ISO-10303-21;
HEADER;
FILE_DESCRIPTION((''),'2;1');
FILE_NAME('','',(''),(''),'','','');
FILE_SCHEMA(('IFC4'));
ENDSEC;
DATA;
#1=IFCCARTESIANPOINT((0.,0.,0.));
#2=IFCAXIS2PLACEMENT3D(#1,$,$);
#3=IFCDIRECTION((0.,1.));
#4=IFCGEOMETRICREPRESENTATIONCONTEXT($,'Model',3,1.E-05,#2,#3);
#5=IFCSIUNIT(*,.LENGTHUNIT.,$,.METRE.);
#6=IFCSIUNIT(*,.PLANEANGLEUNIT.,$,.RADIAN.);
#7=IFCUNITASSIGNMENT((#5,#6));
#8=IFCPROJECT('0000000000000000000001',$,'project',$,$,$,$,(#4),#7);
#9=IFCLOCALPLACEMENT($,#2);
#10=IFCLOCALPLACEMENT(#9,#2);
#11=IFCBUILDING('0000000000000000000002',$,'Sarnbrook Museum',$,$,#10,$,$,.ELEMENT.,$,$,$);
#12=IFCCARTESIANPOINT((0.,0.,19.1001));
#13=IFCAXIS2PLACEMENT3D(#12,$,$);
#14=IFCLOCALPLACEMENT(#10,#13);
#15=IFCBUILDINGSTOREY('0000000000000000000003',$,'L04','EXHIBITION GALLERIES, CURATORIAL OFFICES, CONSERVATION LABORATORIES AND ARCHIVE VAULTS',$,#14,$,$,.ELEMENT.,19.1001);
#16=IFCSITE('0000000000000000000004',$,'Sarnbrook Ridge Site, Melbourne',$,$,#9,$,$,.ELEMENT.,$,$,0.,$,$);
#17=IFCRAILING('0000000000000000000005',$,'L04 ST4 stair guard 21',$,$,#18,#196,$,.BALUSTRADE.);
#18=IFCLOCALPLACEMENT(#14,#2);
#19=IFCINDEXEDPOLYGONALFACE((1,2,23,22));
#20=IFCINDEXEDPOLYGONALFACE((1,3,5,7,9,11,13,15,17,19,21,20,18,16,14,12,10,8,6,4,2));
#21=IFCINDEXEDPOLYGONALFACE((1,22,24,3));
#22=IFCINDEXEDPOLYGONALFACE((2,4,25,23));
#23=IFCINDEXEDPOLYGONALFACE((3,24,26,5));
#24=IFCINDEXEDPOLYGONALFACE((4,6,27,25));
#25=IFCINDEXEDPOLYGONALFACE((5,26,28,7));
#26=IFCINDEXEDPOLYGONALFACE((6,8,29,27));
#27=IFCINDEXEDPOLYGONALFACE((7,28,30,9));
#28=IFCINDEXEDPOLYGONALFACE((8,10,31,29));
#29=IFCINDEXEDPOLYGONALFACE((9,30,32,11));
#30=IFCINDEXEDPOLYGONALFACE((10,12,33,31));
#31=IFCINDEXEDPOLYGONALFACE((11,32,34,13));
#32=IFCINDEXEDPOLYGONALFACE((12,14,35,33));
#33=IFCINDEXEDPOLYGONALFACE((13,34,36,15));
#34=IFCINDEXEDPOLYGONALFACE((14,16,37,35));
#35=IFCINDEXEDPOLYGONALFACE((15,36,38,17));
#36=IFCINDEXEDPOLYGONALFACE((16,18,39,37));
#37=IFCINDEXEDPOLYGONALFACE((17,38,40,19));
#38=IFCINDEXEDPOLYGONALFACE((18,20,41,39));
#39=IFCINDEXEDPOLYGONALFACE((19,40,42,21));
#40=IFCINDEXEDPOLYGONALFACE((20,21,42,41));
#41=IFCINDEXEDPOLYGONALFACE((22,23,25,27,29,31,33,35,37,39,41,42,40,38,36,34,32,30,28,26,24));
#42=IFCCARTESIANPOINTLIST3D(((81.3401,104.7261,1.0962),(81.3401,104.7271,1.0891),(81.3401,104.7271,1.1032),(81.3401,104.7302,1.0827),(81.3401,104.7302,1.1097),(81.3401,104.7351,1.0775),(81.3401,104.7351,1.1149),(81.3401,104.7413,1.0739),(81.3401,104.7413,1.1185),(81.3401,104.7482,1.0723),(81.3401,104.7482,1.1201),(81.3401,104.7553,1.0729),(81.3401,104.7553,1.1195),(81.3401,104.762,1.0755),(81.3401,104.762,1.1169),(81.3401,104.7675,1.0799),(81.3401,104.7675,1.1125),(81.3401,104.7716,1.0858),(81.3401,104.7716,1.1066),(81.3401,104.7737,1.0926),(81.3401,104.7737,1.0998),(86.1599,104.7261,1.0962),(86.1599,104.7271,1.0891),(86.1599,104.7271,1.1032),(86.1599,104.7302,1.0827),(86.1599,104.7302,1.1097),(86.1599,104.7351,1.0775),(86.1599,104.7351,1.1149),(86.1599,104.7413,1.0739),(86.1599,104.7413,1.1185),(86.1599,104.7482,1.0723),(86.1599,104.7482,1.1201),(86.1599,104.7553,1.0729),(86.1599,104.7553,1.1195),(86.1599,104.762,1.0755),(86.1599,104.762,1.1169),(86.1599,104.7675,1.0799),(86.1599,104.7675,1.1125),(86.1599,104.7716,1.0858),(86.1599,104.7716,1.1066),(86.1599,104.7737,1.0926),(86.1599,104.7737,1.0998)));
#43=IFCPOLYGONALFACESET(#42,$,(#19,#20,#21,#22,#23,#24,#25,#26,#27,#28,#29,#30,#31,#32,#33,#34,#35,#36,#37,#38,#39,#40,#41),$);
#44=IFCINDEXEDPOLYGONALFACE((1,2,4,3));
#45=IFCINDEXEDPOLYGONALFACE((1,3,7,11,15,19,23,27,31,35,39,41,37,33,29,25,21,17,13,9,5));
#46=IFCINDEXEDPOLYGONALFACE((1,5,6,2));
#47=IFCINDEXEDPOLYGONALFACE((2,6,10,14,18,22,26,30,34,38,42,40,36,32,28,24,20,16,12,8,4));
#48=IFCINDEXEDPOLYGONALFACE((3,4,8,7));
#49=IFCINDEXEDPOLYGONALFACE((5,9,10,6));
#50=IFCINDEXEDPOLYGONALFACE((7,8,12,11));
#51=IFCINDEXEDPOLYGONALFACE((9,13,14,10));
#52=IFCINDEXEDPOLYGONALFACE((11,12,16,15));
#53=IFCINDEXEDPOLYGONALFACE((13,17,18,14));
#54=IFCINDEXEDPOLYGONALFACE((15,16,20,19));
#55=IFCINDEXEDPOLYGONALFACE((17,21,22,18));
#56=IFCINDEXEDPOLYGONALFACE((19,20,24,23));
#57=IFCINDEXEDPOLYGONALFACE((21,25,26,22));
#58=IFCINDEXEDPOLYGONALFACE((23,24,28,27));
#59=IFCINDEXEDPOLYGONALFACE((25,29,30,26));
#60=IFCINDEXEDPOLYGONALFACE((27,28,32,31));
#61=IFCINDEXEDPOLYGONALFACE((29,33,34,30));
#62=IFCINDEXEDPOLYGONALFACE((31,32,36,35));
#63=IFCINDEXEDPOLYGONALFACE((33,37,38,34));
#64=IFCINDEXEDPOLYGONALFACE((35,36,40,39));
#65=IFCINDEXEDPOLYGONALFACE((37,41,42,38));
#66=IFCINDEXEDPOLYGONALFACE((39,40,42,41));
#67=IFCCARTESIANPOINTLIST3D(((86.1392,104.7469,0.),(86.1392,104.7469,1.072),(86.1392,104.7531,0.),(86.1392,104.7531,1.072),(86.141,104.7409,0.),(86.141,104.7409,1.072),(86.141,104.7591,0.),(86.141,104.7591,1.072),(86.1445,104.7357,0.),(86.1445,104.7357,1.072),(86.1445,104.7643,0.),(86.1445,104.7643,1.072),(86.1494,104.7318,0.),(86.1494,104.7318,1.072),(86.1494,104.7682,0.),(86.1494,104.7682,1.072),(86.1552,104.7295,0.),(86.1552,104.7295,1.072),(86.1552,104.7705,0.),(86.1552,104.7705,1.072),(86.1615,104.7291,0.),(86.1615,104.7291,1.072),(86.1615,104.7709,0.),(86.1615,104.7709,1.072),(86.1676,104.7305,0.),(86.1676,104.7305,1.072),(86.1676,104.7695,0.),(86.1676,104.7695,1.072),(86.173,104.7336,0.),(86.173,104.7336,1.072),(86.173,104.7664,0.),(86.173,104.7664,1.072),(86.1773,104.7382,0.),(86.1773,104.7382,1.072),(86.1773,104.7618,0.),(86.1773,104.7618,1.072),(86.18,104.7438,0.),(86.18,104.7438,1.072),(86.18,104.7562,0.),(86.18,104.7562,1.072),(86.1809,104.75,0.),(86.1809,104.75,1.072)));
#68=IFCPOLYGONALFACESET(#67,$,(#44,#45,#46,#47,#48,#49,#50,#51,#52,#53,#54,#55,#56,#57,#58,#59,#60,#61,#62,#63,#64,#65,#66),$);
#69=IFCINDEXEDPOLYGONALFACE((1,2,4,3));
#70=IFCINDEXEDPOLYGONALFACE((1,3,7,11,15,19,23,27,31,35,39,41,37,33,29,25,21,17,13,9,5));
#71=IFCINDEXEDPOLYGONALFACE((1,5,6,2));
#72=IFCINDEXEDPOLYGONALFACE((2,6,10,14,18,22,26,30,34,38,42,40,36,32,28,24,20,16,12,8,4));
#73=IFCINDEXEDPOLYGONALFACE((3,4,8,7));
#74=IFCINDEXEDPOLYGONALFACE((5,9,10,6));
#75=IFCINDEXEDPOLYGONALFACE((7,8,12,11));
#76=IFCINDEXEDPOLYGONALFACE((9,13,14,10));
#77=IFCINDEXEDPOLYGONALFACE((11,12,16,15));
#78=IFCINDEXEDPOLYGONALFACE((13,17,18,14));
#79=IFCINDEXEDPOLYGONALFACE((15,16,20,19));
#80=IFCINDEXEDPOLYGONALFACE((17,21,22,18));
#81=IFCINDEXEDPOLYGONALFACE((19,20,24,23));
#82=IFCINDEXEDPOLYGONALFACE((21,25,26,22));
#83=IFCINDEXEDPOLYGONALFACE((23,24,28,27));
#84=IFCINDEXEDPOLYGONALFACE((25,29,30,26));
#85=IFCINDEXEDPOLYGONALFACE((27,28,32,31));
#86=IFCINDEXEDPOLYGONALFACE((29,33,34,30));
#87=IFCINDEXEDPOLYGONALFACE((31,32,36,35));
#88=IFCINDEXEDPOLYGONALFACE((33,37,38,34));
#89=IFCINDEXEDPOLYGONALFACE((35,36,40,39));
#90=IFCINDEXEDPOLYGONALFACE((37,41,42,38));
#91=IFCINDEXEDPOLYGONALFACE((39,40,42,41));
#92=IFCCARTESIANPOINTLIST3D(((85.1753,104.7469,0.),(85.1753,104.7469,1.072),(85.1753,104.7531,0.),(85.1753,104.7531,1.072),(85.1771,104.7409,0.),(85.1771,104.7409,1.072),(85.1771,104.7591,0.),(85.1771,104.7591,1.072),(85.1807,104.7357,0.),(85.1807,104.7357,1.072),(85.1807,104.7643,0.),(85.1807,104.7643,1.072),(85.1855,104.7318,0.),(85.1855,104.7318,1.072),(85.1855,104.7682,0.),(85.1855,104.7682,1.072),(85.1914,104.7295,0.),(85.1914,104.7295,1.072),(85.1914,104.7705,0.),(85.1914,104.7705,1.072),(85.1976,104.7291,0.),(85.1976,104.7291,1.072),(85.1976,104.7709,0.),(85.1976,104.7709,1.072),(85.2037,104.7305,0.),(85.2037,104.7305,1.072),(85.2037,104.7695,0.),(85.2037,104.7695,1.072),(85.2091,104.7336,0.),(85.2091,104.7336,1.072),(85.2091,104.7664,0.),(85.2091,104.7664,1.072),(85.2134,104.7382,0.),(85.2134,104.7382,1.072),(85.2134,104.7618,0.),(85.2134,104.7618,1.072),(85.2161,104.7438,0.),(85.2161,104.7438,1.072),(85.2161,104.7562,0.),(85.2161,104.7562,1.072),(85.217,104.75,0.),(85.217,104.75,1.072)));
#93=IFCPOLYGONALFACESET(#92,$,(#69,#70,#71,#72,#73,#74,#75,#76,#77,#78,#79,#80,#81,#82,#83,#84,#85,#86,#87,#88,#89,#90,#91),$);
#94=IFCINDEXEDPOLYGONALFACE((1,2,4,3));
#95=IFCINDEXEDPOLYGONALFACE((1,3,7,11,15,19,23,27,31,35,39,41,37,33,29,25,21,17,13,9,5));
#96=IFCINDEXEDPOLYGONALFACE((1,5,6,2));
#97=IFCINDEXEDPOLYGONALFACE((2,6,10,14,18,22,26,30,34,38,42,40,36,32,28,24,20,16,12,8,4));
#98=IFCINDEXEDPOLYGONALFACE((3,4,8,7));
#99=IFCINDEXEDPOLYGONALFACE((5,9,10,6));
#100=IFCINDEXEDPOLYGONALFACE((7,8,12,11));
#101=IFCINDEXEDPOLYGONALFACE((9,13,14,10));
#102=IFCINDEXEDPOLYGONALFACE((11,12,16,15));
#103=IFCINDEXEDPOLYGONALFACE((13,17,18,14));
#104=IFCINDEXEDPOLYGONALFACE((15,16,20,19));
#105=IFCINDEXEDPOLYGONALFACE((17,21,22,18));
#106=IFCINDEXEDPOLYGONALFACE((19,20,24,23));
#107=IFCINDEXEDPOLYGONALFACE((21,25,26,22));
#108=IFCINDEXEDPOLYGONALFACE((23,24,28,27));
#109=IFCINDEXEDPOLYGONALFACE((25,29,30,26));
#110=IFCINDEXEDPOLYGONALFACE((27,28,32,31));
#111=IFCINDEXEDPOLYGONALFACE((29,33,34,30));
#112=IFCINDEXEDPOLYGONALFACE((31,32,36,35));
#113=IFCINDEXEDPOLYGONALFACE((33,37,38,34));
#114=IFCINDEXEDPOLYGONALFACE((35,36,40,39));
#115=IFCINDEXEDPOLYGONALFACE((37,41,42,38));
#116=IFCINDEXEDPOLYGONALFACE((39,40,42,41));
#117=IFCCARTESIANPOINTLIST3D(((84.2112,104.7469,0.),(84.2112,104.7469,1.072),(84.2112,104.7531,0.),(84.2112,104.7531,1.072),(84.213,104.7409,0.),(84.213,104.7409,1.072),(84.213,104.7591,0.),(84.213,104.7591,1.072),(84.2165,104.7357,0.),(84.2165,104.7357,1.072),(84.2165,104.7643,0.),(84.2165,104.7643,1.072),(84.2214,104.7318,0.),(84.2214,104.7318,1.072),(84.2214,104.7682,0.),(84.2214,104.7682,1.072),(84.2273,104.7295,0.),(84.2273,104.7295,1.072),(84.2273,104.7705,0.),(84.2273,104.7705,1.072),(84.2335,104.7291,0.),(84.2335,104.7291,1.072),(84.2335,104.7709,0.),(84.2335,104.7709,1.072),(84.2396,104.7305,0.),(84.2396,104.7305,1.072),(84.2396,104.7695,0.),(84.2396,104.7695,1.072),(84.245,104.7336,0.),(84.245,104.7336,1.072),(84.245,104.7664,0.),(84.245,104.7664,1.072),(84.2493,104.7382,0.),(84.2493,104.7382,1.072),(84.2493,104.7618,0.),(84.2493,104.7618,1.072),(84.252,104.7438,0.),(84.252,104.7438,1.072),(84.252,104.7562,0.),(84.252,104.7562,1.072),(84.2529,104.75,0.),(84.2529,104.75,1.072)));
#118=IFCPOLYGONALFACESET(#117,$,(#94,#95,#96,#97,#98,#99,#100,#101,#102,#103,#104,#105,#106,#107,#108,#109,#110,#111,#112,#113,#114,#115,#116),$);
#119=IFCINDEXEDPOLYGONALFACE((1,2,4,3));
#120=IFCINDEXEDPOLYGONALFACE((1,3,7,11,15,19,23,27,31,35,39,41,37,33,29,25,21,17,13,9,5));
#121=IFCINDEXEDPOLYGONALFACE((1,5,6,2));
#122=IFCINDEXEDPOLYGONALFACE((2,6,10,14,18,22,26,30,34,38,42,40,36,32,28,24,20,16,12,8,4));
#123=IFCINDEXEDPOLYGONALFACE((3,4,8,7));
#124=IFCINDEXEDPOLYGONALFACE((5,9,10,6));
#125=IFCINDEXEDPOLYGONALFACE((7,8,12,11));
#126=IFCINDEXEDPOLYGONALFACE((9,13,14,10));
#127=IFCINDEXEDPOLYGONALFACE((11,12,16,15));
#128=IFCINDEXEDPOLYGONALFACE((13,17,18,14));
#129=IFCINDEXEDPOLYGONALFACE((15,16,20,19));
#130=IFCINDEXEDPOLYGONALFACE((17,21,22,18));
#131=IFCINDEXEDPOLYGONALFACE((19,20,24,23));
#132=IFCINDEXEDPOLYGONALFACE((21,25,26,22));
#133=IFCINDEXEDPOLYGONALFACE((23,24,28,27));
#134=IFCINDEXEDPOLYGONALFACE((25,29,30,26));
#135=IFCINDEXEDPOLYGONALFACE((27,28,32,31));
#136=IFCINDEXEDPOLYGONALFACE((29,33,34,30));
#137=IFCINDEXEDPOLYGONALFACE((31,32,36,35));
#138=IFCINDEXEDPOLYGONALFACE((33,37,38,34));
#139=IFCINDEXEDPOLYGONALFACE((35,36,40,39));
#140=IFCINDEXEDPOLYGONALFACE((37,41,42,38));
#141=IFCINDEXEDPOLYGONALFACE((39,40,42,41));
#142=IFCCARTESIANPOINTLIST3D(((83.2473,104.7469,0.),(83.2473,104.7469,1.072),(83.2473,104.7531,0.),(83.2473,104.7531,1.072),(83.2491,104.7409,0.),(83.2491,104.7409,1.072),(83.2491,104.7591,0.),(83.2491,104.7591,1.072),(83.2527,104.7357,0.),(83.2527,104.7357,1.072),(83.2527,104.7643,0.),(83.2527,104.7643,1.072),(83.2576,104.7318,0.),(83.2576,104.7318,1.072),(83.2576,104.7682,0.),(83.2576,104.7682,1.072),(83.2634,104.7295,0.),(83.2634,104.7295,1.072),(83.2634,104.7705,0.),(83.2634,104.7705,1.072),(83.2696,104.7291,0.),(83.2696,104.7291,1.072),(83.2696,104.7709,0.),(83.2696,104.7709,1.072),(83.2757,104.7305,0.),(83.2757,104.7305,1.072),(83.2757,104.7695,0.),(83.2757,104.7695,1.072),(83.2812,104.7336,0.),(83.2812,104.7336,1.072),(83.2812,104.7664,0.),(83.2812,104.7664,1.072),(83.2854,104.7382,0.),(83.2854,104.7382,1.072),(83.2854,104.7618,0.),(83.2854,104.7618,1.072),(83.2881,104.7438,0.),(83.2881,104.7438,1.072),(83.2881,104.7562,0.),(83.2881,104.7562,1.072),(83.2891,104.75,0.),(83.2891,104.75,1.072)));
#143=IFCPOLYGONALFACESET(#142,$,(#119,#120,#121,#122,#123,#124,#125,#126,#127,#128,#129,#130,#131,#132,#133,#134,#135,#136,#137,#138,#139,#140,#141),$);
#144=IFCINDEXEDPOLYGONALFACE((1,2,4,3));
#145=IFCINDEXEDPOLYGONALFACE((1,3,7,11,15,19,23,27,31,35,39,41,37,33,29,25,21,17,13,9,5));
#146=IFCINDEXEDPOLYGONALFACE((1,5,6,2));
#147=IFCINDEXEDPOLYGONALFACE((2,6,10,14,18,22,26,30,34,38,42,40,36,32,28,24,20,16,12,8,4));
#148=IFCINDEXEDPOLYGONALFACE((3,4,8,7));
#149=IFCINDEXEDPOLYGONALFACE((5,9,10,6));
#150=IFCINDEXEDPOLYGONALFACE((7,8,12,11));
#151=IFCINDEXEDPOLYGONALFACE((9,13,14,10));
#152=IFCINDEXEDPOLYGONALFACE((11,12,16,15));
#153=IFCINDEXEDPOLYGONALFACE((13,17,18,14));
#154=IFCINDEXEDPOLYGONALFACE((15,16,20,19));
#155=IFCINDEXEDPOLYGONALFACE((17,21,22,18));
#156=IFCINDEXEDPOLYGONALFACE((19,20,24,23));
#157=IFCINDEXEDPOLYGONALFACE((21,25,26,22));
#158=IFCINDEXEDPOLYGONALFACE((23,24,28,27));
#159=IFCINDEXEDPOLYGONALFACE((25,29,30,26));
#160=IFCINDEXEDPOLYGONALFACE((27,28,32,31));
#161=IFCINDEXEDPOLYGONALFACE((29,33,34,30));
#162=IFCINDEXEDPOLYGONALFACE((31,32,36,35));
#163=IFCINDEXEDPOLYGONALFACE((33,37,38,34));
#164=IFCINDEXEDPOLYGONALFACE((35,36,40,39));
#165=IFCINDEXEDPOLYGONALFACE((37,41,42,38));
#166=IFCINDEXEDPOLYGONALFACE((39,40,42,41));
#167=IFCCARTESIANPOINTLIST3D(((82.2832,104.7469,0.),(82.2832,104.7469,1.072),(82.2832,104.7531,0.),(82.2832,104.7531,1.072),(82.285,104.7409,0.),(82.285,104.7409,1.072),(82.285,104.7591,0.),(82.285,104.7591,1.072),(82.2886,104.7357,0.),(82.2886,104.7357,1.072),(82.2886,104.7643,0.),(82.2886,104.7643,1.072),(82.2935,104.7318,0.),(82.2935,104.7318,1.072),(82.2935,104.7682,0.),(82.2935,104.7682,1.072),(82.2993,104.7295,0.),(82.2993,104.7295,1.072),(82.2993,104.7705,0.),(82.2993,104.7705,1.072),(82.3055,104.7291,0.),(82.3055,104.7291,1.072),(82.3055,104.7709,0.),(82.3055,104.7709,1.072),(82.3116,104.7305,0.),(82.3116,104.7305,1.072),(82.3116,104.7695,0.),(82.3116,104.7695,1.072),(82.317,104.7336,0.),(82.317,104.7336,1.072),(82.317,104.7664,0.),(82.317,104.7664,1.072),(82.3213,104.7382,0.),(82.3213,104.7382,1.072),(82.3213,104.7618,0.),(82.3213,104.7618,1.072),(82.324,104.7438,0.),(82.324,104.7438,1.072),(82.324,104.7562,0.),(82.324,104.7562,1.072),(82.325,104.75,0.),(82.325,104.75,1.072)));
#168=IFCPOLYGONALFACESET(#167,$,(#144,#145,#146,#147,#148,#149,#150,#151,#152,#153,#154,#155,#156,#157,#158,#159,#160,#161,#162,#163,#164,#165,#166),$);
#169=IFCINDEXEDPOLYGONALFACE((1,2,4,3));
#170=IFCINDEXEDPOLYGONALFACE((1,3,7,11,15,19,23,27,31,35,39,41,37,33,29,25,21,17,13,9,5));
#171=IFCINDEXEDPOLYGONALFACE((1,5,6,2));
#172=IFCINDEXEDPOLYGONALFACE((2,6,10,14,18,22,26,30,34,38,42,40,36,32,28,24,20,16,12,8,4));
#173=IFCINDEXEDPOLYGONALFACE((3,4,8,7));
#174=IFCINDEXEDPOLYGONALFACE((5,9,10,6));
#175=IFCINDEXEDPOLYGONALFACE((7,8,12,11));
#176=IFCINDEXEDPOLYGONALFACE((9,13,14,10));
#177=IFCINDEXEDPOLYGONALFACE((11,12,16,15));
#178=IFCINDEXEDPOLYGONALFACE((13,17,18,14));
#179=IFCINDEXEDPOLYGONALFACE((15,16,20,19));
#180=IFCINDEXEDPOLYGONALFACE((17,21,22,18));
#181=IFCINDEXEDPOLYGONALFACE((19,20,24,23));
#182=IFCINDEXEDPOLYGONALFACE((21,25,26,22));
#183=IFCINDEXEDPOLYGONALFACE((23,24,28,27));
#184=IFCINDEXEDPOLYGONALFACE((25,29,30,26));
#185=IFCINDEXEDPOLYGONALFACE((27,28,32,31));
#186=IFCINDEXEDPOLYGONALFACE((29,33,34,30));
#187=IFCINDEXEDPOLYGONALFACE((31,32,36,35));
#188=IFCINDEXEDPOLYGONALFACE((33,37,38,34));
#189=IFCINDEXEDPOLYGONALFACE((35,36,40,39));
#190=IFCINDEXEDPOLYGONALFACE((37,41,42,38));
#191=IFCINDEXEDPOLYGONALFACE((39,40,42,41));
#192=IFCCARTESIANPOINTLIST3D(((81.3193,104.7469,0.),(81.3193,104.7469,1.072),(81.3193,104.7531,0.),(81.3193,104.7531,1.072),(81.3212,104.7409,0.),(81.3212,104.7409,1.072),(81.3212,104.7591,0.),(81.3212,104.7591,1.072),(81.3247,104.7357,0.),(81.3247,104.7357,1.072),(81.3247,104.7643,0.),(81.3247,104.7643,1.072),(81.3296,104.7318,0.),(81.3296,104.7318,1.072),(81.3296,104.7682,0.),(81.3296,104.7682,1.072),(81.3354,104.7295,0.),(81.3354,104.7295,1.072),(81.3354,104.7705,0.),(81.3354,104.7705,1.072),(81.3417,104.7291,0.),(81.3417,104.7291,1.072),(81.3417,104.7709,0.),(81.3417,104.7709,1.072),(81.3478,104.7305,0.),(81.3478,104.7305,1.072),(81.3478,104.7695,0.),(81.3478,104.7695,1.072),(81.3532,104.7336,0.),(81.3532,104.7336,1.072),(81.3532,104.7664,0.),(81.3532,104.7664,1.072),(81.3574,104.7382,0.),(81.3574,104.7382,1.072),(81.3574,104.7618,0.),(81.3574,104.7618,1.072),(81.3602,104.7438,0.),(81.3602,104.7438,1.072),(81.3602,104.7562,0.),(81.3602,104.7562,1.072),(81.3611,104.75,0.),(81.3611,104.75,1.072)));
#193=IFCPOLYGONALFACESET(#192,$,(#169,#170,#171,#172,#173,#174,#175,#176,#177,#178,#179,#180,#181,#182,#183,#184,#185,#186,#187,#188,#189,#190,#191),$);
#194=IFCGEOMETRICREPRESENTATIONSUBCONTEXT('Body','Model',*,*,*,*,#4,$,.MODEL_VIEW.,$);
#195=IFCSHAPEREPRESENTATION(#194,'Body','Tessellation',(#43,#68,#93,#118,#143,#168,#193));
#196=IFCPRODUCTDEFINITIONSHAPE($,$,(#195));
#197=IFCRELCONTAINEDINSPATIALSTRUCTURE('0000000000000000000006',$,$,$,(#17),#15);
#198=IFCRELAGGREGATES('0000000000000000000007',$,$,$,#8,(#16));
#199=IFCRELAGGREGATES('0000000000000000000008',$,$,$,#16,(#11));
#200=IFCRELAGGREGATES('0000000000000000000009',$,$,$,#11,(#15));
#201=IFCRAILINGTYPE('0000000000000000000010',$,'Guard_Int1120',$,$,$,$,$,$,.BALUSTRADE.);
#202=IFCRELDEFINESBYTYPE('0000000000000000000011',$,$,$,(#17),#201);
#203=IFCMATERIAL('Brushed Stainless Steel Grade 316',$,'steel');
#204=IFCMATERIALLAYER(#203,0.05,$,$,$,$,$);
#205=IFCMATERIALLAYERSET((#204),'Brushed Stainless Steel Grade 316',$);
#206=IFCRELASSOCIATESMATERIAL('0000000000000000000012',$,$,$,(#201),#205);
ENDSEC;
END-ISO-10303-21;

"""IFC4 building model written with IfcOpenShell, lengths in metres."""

from ifc_helpers import new_model, si_unit, direction, frame, origin, origin_2d, place, context, subcontext, project, spatial, circle, extrude, material, layer, layer_set, type_object, element, save


model = new_model("IFC4")

# Units and contexts
model_context = context("Model", 3, precision=1e-05, world=origin(), true_north=direction((0.0, 1.0)))
body_context = subcontext(model_context, "Body", "Model", "MODEL_VIEW")
ifc_project = project(units=[si_unit("LENGTHUNIT", "METRE"), si_unit("PLANEANGLEUNIT", "RADIAN")], contexts=[model_context])

# Site, building, storey
site_placement = place(None, origin())
site = spatial("IfcSite", under=ifc_project, at=site_placement, Name="Sarnbrook Ridge Site, Melbourne", CompositionType="ELEMENT", RefElevation=0.0)
building_placement = place(site_placement, origin())
building = spatial("IfcBuilding", under=site, at=building_placement, Name="Sarnbrook Museum", CompositionType="ELEMENT")
storey_placement = place(building_placement, frame((0.0, 0.0, 19.1001)))
storey = spatial("IfcBuildingStorey", under=building, at=storey_placement, Name="L04", Description="EXHIBITION GALLERIES, CURATORIAL OFFICES, CONSERVATION LABORATORIES AND ARCHIVE VAULTS", CompositionType="ELEMENT", Elevation=19.1001)

# Shared definitions
ifc_material_1 = material(Name="Brushed Stainless Steel Grade 316", Category="steel")

# Railing
ifc_layer_1 = layer(ifc_material_1, 0.05)
ifc_layer_set_1 = layer_set([ifc_layer_1], Name="Brushed Stainless Steel Grade 316")
railing_type = type_object("IfcRailingType", Name="Guard_Int1120", PredefinedType="BALUSTRADE", material=ifc_layer_set_1)
railing_1_placement = place(storey_placement, frame((86.1599, 104.75, 0.0)))
element("IfcRailing", 1, at=railing_1_placement, inside=storey, type_object=railing_type, Name="L04 ST4 stair guard 21", PredefinedType="BALUSTRADE", context=body_context, shape_type="SweptSolid", body=[
    extrude(circle(Radius=0.0239, at=origin_2d()), frame((0.0, 0.0, 1.0962), z_axis=(-1.0, 0.0, 0.0), x_axis=(0.0, -1.0, 0.0)), (0.0, 0.0, 1.0), 4.8198),
    extrude(circle(Radius=0.021, at=origin_2d()), origin(), (0.0, 0.0, 1.0), 1.072),
    extrude(circle(Radius=0.021, at=origin_2d()), frame((-0.9639, 0.0, 0.0)), (0.0, 0.0, 1.0), 1.072),
    extrude(circle(Radius=0.021, at=origin_2d()), frame((-1.928, 0.0, 0.0)), (0.0, 0.0, 1.0), 1.072),
    extrude(circle(Radius=0.021, at=origin_2d()), frame((-2.8918, 0.0, 0.0)), (0.0, 0.0, 1.0), 1.072),
    extrude(circle(Radius=0.021, at=origin_2d()), frame((-3.856, 0.0, 0.0)), (0.0, 0.0, 1.0), 1.072),
    extrude(circle(Radius=0.021, at=origin_2d()), frame((-4.8198, 0.0, 0.0)), (0.0, 0.0, 1.0), 1.072),
])

save(model, "model.ifc")
